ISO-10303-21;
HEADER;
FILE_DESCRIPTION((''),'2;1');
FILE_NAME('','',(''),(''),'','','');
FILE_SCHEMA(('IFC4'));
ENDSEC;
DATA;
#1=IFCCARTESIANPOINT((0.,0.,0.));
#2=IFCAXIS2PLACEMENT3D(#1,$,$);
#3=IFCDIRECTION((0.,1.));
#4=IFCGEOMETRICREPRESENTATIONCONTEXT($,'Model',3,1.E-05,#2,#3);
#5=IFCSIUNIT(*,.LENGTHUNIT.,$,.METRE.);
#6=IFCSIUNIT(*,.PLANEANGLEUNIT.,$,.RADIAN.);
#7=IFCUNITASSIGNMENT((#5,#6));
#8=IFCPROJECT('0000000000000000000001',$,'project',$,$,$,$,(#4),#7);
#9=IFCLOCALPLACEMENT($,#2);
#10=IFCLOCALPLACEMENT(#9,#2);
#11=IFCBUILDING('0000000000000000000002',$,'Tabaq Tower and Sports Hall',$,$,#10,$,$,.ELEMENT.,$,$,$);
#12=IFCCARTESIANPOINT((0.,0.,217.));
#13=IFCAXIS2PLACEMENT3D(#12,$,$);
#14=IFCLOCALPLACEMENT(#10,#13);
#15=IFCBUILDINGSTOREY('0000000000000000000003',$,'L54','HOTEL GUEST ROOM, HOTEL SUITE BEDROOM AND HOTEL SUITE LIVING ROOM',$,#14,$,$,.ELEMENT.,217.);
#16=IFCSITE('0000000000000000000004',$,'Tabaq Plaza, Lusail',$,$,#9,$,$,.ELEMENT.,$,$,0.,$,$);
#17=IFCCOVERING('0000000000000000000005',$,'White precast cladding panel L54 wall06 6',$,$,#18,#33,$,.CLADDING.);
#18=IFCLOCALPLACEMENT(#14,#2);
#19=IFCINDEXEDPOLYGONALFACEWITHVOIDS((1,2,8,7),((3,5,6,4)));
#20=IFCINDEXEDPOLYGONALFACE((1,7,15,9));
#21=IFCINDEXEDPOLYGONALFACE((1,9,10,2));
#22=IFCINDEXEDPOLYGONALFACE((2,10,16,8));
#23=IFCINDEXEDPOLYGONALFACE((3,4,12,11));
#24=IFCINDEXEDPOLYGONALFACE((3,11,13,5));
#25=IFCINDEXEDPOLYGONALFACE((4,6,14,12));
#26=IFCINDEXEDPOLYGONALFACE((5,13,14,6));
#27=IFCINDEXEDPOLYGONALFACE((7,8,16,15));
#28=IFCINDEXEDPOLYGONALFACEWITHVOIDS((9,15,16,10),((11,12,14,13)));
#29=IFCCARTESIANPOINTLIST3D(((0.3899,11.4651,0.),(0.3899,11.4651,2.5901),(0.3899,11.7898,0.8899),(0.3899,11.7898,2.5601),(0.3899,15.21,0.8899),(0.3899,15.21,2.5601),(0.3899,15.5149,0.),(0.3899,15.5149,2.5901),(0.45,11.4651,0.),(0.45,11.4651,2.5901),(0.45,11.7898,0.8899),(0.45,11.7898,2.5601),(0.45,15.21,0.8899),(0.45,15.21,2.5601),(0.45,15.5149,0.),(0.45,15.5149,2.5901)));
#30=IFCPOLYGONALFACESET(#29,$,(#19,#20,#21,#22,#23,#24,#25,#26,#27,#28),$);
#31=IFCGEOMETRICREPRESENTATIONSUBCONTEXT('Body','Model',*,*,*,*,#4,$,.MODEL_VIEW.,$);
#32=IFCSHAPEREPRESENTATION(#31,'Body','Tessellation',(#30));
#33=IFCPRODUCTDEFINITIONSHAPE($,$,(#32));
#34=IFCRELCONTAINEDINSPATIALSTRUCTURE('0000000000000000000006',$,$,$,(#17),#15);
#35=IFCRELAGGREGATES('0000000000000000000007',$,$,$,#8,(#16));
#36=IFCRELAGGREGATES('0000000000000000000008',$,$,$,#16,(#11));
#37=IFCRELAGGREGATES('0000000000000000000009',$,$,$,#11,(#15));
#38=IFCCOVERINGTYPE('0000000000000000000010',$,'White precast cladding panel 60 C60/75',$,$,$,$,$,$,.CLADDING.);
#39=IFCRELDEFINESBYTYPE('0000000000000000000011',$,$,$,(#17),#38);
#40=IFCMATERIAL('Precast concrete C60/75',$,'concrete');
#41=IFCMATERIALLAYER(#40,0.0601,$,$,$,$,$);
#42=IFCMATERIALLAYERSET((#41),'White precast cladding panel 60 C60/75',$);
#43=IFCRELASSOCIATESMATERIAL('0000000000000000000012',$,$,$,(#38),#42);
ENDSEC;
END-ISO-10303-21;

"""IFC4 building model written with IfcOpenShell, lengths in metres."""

from ifc_helpers import new_model, si_unit, direction, frame, origin, place, context, subcontext, project, spatial, polyline, outline, extrude, material, layer, layer_set, type_object, element, save


model = new_model("IFC4")

# Units and contexts
model_context = context("Model", 3, precision=1e-05, world=origin(), true_north=direction((0.0, 1.0)))
body_context = subcontext(model_context, "Body", "Model", "MODEL_VIEW")
ifc_project = project(units=[si_unit("LENGTHUNIT", "METRE"), si_unit("PLANEANGLEUNIT", "RADIAN")], contexts=[model_context])

# Site, building, storey
site_placement = place(None, origin())
site = spatial("IfcSite", under=ifc_project, at=site_placement, Name="Tabaq Plaza, Lusail", CompositionType="ELEMENT", RefElevation=0.0)
building_placement = place(site_placement, origin())
building = spatial("IfcBuilding", under=site, at=building_placement, Name="Tabaq Tower and Sports Hall", CompositionType="ELEMENT")
storey_placement = place(building_placement, frame((0.0, 0.0, 217.0)))
storey = spatial("IfcBuildingStorey", under=building, at=storey_placement, Name="L54", Description="HOTEL GUEST ROOM, HOTEL SUITE BEDROOM AND HOTEL SUITE LIVING ROOM", CompositionType="ELEMENT", Elevation=217.0)

# Covering
ifc_material_1 = material(Name="Precast concrete C60/75", Category="concrete")
ifc_layer_1 = layer(ifc_material_1, 0.0601)
ifc_layer_set_1 = layer_set([ifc_layer_1], Name="White precast cladding panel 60 C60/75")
covering_type_1 = type_object("IfcCoveringType", Name="White precast cladding panel 60 C60/75", PredefinedType="CLADDING", material=ifc_layer_set_1)
covering_placement = place(storey_placement, frame((0.4199, 15.5149, 0.0), z_axis=(0.0, 0.0, 1.0), x_axis=(0.0, -1.0, 0.0)))
element("IfcCovering", 1, at=covering_placement, inside=storey, type_object=covering_type_1, Name="White precast cladding panel L54 wall06 6", PredefinedType="CLADDING", context=body_context, shape_type="SweptSolid", body=[
    extrude(outline(polyline([(0.0, 0.0), (4.0498, 0.0), (4.0498, 2.5901), (0.0, 2.5901), (0.0, 0.0)]), holes=[polyline([(3.7251, 0.8899), (0.3049, 0.8899), (0.3049, 2.5601), (3.7251, 2.5601), (3.7251, 0.8899)])]), frame((0.0, 0.03, 0.0), z_axis=(0.0, -1.0, 0.0), x_axis=(1.0, 0.0, 0.0)), (0.0, 0.0, 1.0), 0.0601),
])

save(model, "model.ifc")
